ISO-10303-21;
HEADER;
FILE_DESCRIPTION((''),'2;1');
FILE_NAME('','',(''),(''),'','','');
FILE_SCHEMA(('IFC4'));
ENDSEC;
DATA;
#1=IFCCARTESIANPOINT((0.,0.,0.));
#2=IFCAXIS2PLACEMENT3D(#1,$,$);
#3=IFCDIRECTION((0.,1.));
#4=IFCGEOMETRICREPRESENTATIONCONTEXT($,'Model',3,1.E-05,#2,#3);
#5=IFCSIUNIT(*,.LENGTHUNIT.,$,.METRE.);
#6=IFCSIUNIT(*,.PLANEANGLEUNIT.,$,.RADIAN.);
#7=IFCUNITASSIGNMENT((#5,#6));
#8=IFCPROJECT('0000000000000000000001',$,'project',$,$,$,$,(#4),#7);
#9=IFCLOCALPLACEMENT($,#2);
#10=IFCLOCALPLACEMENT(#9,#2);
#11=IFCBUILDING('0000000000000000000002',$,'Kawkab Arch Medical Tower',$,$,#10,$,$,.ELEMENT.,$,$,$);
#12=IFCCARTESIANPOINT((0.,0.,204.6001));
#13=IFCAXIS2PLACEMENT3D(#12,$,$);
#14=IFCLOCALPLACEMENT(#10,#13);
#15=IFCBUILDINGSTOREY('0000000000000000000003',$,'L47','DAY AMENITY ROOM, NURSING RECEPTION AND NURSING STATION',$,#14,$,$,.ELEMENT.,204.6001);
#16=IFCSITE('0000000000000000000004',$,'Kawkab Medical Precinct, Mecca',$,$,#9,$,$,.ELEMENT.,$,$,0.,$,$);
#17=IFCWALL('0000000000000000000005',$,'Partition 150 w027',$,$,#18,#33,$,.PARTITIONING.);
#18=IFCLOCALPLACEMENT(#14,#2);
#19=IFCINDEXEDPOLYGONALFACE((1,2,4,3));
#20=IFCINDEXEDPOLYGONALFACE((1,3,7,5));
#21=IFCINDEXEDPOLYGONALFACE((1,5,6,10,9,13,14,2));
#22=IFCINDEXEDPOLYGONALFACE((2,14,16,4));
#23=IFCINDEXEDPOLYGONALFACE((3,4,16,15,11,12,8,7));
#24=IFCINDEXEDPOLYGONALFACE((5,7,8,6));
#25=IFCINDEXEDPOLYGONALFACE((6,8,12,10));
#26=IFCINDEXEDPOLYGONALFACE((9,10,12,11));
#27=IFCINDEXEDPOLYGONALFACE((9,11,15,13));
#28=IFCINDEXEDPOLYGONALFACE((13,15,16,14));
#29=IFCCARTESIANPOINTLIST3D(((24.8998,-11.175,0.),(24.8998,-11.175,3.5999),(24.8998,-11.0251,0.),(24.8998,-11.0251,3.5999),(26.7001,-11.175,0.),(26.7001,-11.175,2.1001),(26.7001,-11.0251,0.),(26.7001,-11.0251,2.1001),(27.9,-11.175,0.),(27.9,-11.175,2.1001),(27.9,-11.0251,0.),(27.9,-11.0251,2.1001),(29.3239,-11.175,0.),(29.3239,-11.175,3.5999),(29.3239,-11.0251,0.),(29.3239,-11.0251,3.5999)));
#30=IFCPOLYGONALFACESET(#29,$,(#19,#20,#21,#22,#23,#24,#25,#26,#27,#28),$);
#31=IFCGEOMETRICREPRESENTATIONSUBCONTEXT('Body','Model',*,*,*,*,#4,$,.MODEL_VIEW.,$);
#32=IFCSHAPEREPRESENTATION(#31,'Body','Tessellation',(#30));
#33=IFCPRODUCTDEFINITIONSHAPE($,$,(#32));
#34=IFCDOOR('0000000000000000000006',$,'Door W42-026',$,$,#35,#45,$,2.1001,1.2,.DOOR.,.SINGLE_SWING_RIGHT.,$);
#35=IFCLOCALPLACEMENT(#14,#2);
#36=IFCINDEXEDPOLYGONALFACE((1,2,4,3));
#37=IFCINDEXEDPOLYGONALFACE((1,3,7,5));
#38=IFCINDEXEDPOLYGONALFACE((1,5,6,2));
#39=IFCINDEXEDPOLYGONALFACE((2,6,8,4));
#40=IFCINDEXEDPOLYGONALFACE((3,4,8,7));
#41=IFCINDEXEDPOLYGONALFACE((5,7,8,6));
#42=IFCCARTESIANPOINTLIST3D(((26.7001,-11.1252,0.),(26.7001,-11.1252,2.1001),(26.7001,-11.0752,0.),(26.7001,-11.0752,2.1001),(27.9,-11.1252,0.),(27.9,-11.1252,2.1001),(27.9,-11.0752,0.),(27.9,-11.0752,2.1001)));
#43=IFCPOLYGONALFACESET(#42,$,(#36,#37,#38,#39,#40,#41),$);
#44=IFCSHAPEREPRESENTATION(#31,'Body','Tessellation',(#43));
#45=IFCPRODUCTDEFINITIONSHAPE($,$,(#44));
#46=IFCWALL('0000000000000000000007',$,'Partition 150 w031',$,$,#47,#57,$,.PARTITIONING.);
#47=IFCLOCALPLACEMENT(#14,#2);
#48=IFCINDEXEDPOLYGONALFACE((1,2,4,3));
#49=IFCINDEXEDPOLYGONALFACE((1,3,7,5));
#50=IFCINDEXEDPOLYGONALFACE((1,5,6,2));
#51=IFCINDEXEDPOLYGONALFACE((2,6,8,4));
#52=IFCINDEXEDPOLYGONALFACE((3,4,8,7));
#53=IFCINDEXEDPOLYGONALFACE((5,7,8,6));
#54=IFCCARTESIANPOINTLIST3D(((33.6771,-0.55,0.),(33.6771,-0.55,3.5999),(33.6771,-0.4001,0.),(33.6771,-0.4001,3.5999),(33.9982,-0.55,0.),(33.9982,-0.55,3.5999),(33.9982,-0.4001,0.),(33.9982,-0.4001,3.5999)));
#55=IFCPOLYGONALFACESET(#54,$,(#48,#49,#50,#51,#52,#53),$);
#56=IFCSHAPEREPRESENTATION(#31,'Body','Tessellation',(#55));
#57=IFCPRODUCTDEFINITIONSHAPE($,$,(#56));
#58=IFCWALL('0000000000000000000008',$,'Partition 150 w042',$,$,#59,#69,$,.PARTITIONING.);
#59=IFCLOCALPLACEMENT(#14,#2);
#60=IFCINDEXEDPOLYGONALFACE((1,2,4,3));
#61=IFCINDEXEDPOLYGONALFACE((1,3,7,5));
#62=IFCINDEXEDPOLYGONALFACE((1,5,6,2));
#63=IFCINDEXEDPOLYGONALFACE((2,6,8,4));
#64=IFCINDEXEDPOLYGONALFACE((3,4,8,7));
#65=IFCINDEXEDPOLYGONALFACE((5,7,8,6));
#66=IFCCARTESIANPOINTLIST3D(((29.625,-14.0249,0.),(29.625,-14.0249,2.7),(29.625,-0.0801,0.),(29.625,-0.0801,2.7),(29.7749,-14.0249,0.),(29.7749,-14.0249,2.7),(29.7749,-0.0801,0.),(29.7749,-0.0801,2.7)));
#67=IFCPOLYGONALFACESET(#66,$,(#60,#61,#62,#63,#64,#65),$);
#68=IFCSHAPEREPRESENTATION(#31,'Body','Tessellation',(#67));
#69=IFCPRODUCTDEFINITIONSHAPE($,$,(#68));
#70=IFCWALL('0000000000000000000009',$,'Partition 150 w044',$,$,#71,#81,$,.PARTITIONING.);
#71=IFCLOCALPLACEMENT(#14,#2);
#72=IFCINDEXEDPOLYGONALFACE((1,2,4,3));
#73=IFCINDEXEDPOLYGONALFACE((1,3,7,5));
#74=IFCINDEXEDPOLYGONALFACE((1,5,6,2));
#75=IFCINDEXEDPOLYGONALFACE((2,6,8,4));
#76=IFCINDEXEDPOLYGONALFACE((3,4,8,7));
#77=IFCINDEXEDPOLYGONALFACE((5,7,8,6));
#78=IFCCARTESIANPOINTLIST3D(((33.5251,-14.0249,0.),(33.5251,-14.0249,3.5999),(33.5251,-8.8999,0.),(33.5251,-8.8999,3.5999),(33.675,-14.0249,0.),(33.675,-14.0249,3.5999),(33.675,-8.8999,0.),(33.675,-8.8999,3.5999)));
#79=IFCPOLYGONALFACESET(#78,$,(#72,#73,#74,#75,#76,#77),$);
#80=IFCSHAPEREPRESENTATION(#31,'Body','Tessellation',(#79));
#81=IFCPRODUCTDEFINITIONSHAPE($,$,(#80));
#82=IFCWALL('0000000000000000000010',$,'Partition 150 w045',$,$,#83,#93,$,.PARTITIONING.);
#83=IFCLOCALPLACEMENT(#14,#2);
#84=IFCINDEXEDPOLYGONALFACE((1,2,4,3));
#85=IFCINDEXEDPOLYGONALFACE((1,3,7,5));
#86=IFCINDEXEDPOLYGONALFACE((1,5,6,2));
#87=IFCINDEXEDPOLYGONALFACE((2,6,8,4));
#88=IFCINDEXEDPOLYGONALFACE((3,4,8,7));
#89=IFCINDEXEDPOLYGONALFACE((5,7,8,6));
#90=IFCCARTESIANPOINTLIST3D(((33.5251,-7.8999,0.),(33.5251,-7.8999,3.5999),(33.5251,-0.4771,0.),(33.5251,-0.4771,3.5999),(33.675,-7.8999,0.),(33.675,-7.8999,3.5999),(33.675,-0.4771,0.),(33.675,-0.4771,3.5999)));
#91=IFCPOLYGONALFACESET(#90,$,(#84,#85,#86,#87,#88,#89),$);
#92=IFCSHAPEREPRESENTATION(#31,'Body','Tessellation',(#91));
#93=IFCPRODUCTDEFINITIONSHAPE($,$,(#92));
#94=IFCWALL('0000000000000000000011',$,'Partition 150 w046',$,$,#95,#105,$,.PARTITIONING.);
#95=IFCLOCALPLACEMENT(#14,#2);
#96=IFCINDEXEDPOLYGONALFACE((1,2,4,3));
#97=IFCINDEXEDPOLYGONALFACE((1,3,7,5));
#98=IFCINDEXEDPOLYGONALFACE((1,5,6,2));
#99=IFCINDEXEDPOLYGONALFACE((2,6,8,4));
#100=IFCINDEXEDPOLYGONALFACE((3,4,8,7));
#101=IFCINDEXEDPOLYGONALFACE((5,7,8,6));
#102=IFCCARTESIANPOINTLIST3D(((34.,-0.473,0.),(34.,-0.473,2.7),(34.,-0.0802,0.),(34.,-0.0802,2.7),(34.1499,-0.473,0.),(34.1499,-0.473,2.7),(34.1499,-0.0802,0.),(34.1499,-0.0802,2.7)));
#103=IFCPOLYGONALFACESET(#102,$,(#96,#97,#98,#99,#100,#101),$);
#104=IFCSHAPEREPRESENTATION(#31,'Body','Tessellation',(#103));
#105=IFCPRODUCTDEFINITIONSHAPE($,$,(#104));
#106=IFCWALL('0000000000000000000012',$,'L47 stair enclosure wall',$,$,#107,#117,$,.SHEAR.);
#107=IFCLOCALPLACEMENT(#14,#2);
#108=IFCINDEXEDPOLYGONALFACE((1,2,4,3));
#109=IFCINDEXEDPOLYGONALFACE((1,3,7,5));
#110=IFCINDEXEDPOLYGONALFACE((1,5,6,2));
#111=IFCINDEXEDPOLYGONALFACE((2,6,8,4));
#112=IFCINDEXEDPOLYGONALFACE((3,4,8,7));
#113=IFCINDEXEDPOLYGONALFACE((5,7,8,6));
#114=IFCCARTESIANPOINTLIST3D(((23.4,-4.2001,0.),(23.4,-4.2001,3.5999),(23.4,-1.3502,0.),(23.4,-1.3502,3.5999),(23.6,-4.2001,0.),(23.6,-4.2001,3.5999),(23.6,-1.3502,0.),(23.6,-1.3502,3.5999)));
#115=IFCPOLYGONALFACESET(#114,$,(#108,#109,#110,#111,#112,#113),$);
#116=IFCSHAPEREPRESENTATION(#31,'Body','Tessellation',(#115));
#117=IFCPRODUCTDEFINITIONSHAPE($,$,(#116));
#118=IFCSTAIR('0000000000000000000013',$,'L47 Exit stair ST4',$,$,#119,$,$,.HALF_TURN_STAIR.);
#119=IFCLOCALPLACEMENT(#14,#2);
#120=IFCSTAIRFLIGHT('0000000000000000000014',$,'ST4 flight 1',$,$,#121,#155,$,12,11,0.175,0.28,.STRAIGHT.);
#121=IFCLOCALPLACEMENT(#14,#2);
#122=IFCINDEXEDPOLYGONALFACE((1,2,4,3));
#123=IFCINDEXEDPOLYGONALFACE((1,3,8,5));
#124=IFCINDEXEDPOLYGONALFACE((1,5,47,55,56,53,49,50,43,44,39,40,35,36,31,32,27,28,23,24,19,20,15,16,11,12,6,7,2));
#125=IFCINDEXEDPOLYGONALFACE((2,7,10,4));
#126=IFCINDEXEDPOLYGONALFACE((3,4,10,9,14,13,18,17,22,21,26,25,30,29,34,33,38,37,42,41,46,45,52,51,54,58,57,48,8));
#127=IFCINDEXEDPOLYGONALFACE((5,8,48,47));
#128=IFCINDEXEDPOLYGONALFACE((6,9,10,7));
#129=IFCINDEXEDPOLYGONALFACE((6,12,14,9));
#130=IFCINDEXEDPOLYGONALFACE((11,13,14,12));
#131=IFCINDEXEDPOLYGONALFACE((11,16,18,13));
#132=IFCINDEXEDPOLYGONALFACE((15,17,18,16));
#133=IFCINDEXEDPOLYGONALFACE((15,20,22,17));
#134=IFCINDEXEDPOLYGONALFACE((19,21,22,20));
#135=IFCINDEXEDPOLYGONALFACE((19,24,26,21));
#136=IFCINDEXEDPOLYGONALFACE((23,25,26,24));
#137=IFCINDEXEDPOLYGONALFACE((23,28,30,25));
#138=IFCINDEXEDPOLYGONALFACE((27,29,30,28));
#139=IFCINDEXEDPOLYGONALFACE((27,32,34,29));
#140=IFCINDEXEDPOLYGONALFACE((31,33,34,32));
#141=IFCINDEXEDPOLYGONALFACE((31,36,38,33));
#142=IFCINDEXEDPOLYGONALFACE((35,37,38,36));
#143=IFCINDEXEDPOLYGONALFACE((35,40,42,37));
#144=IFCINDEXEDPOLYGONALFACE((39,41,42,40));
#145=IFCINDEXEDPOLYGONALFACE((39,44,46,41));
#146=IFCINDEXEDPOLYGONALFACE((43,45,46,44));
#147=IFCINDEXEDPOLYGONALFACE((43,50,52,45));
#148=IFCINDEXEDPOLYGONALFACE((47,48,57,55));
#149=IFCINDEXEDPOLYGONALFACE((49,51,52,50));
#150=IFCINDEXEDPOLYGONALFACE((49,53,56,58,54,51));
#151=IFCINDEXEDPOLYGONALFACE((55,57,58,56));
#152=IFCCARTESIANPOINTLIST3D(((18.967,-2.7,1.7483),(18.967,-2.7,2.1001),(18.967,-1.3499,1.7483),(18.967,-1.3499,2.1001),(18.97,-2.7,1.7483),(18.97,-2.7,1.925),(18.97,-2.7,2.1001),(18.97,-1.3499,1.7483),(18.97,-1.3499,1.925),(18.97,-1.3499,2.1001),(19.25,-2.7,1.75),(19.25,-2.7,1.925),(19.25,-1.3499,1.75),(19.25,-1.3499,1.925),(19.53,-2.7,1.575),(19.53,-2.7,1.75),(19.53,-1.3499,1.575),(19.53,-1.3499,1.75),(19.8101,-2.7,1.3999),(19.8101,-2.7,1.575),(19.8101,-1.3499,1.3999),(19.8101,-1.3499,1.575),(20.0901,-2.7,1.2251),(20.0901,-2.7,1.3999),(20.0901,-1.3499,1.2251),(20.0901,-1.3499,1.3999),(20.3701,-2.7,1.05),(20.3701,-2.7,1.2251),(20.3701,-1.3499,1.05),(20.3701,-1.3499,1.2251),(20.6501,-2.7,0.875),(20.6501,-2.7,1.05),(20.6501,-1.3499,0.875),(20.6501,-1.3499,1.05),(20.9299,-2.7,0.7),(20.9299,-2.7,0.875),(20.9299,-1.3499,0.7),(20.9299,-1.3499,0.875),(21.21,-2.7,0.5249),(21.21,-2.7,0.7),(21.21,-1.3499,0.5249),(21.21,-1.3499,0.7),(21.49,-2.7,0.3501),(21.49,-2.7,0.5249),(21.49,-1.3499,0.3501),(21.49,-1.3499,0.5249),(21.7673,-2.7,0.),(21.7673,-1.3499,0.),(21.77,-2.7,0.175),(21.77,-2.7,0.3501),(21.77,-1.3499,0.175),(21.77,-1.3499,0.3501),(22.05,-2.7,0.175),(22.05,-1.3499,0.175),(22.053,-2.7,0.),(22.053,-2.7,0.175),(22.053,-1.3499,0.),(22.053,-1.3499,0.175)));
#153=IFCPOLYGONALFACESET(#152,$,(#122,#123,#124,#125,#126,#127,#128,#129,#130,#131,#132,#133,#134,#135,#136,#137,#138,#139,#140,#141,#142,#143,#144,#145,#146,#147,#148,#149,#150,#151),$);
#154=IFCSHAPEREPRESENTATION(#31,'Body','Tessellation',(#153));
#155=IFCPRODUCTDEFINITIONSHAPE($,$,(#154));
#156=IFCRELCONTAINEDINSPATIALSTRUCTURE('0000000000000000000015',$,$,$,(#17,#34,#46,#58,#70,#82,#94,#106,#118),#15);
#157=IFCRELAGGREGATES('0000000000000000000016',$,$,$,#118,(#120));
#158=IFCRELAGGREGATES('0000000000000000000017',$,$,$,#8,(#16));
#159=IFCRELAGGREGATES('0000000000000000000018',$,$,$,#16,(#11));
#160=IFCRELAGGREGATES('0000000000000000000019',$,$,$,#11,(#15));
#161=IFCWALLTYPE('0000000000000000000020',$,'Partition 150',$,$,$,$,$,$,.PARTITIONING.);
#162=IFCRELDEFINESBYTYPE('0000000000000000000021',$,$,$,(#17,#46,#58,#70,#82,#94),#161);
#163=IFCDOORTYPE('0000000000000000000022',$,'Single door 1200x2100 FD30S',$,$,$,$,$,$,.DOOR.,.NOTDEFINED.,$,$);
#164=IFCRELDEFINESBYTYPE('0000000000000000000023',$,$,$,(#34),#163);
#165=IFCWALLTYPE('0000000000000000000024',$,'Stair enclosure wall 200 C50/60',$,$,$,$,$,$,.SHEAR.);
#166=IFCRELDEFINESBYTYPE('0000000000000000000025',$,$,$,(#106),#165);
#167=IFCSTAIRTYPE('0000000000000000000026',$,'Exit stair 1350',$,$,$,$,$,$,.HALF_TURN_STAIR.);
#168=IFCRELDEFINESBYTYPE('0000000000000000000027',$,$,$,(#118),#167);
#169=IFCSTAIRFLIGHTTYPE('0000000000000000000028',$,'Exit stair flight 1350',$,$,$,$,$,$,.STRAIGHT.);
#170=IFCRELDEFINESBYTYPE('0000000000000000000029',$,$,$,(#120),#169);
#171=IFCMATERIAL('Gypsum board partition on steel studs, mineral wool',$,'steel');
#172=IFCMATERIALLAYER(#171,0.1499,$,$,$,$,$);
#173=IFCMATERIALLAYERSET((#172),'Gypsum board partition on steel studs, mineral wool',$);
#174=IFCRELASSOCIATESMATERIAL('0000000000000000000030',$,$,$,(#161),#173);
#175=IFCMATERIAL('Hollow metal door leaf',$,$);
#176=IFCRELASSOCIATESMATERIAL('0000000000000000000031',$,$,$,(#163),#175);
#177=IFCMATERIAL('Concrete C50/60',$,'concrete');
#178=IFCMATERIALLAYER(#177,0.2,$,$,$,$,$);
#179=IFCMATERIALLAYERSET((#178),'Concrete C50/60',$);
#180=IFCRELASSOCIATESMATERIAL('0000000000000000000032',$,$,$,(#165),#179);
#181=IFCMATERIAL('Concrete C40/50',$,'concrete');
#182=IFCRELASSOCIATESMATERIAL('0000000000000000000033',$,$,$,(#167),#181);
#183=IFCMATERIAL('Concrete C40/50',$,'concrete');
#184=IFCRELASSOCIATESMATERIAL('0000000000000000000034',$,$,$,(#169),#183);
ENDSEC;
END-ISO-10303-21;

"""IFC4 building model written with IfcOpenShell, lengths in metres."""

from ifc_helpers import new_model, si_unit, direction, frame, frame_2d, origin, place, context, subcontext, project, spatial, polyline, rectangle, outline, extrude, material, layer, layer_set, type_object, element, fill, aggregate, save


model = new_model("IFC4")

# Units and contexts
model_context = context("Model", 3, precision=1e-05, world=origin(), true_north=direction((0.0, 1.0)))
body_context = subcontext(model_context, "Body", "Model", "MODEL_VIEW")
ifc_project = project(units=[si_unit("LENGTHUNIT", "METRE"), si_unit("PLANEANGLEUNIT", "RADIAN")], contexts=[model_context])

# Site, building, storey
site_placement = place(None, origin())
site = spatial("IfcSite", under=ifc_project, at=site_placement, Name="Kawkab Medical Precinct, Mecca", CompositionType="ELEMENT", RefElevation=0.0)
building_placement = place(site_placement, origin())
building = spatial("IfcBuilding", under=site, at=building_placement, Name="Kawkab Arch Medical Tower", CompositionType="ELEMENT")
storey_placement = place(building_placement, frame((0.0, 0.0, 204.6001)))
storey = spatial("IfcBuildingStorey", under=building, at=storey_placement, Name="L47", Description="DAY AMENITY ROOM, NURSING RECEPTION AND NURSING STATION", CompositionType="ELEMENT", Elevation=204.6001)

# Shared definitions
placement = place(storey_placement, origin())

# Wall, opening, door
ifc_material_1 = material(Name="Gypsum board partition on steel studs, mineral wool", Category="steel")
ifc_layer_1 = layer(ifc_material_1, 0.1499)
ifc_layer_set_1 = layer_set([ifc_layer_1], Name="Gypsum board partition on steel studs, mineral wool")
wall_type_1 = type_object("IfcWallType", Name="Partition 150", PredefinedType="PARTITIONING", material=ifc_layer_set_1)
wall_1_placement = place(storey_placement, frame((24.8999, -11.1001, 0.0), z_axis=(0.0, 0.0, 1.0), x_axis=(1.0, 0.0, 0.0)))
wall_1 = element("IfcWall", 1, at=wall_1_placement, inside=storey, type_object=wall_type_1, Name="Partition 150 w027", PredefinedType="PARTITIONING", context=body_context, shape_type="SweptSolid", body=[
    extrude(rectangle(XDim=4.4241, YDim=0.1499, at=frame_2d((2.2119, 0.0))), origin(), (0.0, 0.0, 1.0), 3.5999),
])
opening_1_placement = place(wall_1_placement, frame((1.8, 0.0, 0.0)))
opening_1 = element("IfcOpeningElement", 2, at=opening_1_placement, cuts=wall_1, PredefinedType="OPENING", context=body_context, shape_type="SweptSolid", body=[
    extrude(rectangle(XDim=1.2, YDim=2.1001, at=frame_2d((0.6001, 1.05))), frame((0.0, 0.085, 0.0), z_axis=(0.0, -1.0, 0.0), x_axis=(1.0, 0.0, 0.0)), (0.0, 0.0, 1.0), 0.1699),
])
ifc_material_2 = material(Name="Hollow metal door leaf")
door_type_1 = type_object("IfcDoorType", Name="Single door 1200x2100 FD30S", OperationType="NOTDEFINED", PredefinedType="DOOR", material=ifc_material_2)
door_1_placement = place(opening_1_placement, origin())
door_1 = element("IfcDoor", 3, at=door_1_placement, inside=storey, type_object=door_type_1, Name="Door W42-026", OperationType="SINGLE_SWING_RIGHT", OverallHeight=2.1001, OverallWidth=1.2, PredefinedType="DOOR", context=body_context, shape_type="SweptSolid", body=[
    extrude(rectangle(XDim=1.2, YDim=2.1001, at=frame_2d((0.6001, 1.05))), frame((0.0, 0.0249, 0.0), z_axis=(0.0, -1.0, 0.0), x_axis=(1.0, 0.0, 0.0)), (0.0, 0.0, 1.0), 0.05),
])
fill(opening_1, door_1)

# Walls
wall_2_placement = place(storey_placement, frame((33.677, -0.4751, 0.0), z_axis=(0.0, 0.0, 1.0), x_axis=(1.0, 0.0, 0.0)))
element("IfcWall", 4, at=wall_2_placement, inside=storey, type_object=wall_type_1, Name="Partition 150 w031", PredefinedType="PARTITIONING", context=body_context, shape_type="SweptSolid", body=[
    extrude(rectangle(XDim=0.321, YDim=0.1499, at=frame_2d((0.1606, 0.0))), origin(), (0.0, 0.0, 1.0), 3.5999),
])
wall_3_placement = place(storey_placement, frame((29.7, -14.0249, 0.0), z_axis=(0.0, 0.0, 1.0), x_axis=(0.0, 1.0, 0.0)))
element("IfcWall", 5, at=wall_3_placement, inside=storey, type_object=wall_type_1, Name="Partition 150 w042", PredefinedType="PARTITIONING", context=body_context, shape_type="SweptSolid", body=[
    extrude(rectangle(XDim=13.9448, YDim=0.1499, at=frame_2d((6.9724, 0.0))), origin(), (0.0, 0.0, 1.0), 2.7),
])
wall_4_placement = place(storey_placement, frame((33.6001, -14.0249, 0.0), z_axis=(0.0, 0.0, 1.0), x_axis=(0.0, 1.0, 0.0)))
element("IfcWall", 6, at=wall_4_placement, inside=storey, type_object=wall_type_1, Name="Partition 150 w044", PredefinedType="PARTITIONING", context=body_context, shape_type="SweptSolid", body=[
    extrude(rectangle(XDim=5.125, YDim=0.1499, at=frame_2d((2.5625, 0.0))), origin(), (0.0, 0.0, 1.0), 3.5999),
])
wall_5_placement = place(storey_placement, frame((33.6001, -7.8999, 0.0), z_axis=(0.0, 0.0, 1.0), x_axis=(0.0, 1.0, 0.0)))
element("IfcWall", 7, at=wall_5_placement, inside=storey, type_object=wall_type_1, Name="Partition 150 w045", PredefinedType="PARTITIONING", context=body_context, shape_type="SweptSolid", body=[
    extrude(rectangle(XDim=7.4229, YDim=0.1499, at=frame_2d((3.7114, 0.0))), origin(), (0.0, 0.0, 1.0), 3.5999),
])
wall_6_placement = place(storey_placement, frame((34.075, -0.4729, 0.0), z_axis=(0.0, 0.0, 1.0), x_axis=(0.0, 1.0, 0.0)))
element("IfcWall", 8, at=wall_6_placement, inside=storey, type_object=wall_type_1, Name="Partition 150 w046", PredefinedType="PARTITIONING", context=body_context, shape_type="SweptSolid", body=[
    extrude(rectangle(XDim=0.3928, YDim=0.1499, at=frame_2d((0.1963, 0.0))), origin(), (0.0, 0.0, 1.0), 2.7),
])
ifc_material_3 = material(Name="Concrete C50/60", Category="concrete")
ifc_layer_2 = layer(ifc_material_3, 0.2)
ifc_layer_set_2 = layer_set([ifc_layer_2], Name="Concrete C50/60")
wall_type_2 = type_object("IfcWallType", Name="Stair enclosure wall 200 C50/60", PredefinedType="SHEAR", material=ifc_layer_set_2)
wall_7_placement = place(storey_placement, frame((23.5, -4.2, 0.0), z_axis=(0.0, 0.0, 1.0), x_axis=(0.0, 1.0, 0.0)))
element("IfcWall", 9, at=wall_7_placement, inside=storey, type_object=wall_type_2, Name="L47 stair enclosure wall", PredefinedType="SHEAR", context=body_context, shape_type="SweptSolid", body=[
    extrude(rectangle(XDim=2.8499, YDim=0.2, at=frame_2d((1.4248, 0.0))), origin(), (0.0, 0.0, 1.0), 3.5999),
])

# Stair, stair flight
ifc_material_4 = material(Name="Concrete C40/50", Category="concrete")
stair_type = type_object("IfcStairType", Name="Exit stair 1350", PredefinedType="HALF_TURN_STAIR", material=ifc_material_4)
stair = element("IfcStair", 10, at=placement, inside=storey, type_object=stair_type, Name="L47 Exit stair ST4", PredefinedType="HALF_TURN_STAIR")
ifc_material_5 = material(Name="Concrete C40/50", Category="concrete")
stair_flight_type = type_object("IfcStairFlightType", Name="Exit stair flight 1350", PredefinedType="STRAIGHT", material=ifc_material_5)
stair_flight_placement = place(storey_placement, frame((22.05, -2.0249, 0.0), z_axis=(0.0, 0.0, 1.0), x_axis=(-1.0, 0.0, 0.0)))
stair_flight = element("IfcStairFlight", 11, at=stair_flight_placement, type_object=stair_flight_type, Name="ST4 flight 1", NumberOfRisers=12, NumberOfTreads=11, PredefinedType="STRAIGHT", RiserHeight=0.175, TreadLength=0.28, context=body_context, shape_type="SweptSolid", body=[
    extrude(outline(polyline([(-0.0029, 0.0), (-0.0029, 0.175), (0.0, 0.175), (0.28, 0.175), (0.28, 0.3501), (0.5601, 0.3501), (0.5601, 0.5249), (0.8401, 0.5249), (0.8401, 0.7), (1.1201, 0.7), (1.1201, 0.875), (1.3999, 0.875), (1.3999, 1.05), (1.6799, 1.05), (1.6799, 1.2251), (1.96, 1.2251), (1.96, 1.3999), (2.24, 1.3999), (2.24, 1.575), (2.52, 1.575), (2.52, 1.75), (2.8, 1.75), (2.8, 1.925), (3.0801, 1.925), (3.0801, 2.1001), (3.083, 2.1001), (3.083, 1.7483), (3.0801, 1.7483), (0.2827, 0.0), (-0.0029, 0.0)])), frame((0.0, 0.675, 0.0), z_axis=(0.0, -1.0, 0.0), x_axis=(1.0, 0.0, 0.0)), (0.0, 0.0, 1.0), 1.3501),
])
aggregate(stair, [stair_flight])

save(model, "model.ifc")
